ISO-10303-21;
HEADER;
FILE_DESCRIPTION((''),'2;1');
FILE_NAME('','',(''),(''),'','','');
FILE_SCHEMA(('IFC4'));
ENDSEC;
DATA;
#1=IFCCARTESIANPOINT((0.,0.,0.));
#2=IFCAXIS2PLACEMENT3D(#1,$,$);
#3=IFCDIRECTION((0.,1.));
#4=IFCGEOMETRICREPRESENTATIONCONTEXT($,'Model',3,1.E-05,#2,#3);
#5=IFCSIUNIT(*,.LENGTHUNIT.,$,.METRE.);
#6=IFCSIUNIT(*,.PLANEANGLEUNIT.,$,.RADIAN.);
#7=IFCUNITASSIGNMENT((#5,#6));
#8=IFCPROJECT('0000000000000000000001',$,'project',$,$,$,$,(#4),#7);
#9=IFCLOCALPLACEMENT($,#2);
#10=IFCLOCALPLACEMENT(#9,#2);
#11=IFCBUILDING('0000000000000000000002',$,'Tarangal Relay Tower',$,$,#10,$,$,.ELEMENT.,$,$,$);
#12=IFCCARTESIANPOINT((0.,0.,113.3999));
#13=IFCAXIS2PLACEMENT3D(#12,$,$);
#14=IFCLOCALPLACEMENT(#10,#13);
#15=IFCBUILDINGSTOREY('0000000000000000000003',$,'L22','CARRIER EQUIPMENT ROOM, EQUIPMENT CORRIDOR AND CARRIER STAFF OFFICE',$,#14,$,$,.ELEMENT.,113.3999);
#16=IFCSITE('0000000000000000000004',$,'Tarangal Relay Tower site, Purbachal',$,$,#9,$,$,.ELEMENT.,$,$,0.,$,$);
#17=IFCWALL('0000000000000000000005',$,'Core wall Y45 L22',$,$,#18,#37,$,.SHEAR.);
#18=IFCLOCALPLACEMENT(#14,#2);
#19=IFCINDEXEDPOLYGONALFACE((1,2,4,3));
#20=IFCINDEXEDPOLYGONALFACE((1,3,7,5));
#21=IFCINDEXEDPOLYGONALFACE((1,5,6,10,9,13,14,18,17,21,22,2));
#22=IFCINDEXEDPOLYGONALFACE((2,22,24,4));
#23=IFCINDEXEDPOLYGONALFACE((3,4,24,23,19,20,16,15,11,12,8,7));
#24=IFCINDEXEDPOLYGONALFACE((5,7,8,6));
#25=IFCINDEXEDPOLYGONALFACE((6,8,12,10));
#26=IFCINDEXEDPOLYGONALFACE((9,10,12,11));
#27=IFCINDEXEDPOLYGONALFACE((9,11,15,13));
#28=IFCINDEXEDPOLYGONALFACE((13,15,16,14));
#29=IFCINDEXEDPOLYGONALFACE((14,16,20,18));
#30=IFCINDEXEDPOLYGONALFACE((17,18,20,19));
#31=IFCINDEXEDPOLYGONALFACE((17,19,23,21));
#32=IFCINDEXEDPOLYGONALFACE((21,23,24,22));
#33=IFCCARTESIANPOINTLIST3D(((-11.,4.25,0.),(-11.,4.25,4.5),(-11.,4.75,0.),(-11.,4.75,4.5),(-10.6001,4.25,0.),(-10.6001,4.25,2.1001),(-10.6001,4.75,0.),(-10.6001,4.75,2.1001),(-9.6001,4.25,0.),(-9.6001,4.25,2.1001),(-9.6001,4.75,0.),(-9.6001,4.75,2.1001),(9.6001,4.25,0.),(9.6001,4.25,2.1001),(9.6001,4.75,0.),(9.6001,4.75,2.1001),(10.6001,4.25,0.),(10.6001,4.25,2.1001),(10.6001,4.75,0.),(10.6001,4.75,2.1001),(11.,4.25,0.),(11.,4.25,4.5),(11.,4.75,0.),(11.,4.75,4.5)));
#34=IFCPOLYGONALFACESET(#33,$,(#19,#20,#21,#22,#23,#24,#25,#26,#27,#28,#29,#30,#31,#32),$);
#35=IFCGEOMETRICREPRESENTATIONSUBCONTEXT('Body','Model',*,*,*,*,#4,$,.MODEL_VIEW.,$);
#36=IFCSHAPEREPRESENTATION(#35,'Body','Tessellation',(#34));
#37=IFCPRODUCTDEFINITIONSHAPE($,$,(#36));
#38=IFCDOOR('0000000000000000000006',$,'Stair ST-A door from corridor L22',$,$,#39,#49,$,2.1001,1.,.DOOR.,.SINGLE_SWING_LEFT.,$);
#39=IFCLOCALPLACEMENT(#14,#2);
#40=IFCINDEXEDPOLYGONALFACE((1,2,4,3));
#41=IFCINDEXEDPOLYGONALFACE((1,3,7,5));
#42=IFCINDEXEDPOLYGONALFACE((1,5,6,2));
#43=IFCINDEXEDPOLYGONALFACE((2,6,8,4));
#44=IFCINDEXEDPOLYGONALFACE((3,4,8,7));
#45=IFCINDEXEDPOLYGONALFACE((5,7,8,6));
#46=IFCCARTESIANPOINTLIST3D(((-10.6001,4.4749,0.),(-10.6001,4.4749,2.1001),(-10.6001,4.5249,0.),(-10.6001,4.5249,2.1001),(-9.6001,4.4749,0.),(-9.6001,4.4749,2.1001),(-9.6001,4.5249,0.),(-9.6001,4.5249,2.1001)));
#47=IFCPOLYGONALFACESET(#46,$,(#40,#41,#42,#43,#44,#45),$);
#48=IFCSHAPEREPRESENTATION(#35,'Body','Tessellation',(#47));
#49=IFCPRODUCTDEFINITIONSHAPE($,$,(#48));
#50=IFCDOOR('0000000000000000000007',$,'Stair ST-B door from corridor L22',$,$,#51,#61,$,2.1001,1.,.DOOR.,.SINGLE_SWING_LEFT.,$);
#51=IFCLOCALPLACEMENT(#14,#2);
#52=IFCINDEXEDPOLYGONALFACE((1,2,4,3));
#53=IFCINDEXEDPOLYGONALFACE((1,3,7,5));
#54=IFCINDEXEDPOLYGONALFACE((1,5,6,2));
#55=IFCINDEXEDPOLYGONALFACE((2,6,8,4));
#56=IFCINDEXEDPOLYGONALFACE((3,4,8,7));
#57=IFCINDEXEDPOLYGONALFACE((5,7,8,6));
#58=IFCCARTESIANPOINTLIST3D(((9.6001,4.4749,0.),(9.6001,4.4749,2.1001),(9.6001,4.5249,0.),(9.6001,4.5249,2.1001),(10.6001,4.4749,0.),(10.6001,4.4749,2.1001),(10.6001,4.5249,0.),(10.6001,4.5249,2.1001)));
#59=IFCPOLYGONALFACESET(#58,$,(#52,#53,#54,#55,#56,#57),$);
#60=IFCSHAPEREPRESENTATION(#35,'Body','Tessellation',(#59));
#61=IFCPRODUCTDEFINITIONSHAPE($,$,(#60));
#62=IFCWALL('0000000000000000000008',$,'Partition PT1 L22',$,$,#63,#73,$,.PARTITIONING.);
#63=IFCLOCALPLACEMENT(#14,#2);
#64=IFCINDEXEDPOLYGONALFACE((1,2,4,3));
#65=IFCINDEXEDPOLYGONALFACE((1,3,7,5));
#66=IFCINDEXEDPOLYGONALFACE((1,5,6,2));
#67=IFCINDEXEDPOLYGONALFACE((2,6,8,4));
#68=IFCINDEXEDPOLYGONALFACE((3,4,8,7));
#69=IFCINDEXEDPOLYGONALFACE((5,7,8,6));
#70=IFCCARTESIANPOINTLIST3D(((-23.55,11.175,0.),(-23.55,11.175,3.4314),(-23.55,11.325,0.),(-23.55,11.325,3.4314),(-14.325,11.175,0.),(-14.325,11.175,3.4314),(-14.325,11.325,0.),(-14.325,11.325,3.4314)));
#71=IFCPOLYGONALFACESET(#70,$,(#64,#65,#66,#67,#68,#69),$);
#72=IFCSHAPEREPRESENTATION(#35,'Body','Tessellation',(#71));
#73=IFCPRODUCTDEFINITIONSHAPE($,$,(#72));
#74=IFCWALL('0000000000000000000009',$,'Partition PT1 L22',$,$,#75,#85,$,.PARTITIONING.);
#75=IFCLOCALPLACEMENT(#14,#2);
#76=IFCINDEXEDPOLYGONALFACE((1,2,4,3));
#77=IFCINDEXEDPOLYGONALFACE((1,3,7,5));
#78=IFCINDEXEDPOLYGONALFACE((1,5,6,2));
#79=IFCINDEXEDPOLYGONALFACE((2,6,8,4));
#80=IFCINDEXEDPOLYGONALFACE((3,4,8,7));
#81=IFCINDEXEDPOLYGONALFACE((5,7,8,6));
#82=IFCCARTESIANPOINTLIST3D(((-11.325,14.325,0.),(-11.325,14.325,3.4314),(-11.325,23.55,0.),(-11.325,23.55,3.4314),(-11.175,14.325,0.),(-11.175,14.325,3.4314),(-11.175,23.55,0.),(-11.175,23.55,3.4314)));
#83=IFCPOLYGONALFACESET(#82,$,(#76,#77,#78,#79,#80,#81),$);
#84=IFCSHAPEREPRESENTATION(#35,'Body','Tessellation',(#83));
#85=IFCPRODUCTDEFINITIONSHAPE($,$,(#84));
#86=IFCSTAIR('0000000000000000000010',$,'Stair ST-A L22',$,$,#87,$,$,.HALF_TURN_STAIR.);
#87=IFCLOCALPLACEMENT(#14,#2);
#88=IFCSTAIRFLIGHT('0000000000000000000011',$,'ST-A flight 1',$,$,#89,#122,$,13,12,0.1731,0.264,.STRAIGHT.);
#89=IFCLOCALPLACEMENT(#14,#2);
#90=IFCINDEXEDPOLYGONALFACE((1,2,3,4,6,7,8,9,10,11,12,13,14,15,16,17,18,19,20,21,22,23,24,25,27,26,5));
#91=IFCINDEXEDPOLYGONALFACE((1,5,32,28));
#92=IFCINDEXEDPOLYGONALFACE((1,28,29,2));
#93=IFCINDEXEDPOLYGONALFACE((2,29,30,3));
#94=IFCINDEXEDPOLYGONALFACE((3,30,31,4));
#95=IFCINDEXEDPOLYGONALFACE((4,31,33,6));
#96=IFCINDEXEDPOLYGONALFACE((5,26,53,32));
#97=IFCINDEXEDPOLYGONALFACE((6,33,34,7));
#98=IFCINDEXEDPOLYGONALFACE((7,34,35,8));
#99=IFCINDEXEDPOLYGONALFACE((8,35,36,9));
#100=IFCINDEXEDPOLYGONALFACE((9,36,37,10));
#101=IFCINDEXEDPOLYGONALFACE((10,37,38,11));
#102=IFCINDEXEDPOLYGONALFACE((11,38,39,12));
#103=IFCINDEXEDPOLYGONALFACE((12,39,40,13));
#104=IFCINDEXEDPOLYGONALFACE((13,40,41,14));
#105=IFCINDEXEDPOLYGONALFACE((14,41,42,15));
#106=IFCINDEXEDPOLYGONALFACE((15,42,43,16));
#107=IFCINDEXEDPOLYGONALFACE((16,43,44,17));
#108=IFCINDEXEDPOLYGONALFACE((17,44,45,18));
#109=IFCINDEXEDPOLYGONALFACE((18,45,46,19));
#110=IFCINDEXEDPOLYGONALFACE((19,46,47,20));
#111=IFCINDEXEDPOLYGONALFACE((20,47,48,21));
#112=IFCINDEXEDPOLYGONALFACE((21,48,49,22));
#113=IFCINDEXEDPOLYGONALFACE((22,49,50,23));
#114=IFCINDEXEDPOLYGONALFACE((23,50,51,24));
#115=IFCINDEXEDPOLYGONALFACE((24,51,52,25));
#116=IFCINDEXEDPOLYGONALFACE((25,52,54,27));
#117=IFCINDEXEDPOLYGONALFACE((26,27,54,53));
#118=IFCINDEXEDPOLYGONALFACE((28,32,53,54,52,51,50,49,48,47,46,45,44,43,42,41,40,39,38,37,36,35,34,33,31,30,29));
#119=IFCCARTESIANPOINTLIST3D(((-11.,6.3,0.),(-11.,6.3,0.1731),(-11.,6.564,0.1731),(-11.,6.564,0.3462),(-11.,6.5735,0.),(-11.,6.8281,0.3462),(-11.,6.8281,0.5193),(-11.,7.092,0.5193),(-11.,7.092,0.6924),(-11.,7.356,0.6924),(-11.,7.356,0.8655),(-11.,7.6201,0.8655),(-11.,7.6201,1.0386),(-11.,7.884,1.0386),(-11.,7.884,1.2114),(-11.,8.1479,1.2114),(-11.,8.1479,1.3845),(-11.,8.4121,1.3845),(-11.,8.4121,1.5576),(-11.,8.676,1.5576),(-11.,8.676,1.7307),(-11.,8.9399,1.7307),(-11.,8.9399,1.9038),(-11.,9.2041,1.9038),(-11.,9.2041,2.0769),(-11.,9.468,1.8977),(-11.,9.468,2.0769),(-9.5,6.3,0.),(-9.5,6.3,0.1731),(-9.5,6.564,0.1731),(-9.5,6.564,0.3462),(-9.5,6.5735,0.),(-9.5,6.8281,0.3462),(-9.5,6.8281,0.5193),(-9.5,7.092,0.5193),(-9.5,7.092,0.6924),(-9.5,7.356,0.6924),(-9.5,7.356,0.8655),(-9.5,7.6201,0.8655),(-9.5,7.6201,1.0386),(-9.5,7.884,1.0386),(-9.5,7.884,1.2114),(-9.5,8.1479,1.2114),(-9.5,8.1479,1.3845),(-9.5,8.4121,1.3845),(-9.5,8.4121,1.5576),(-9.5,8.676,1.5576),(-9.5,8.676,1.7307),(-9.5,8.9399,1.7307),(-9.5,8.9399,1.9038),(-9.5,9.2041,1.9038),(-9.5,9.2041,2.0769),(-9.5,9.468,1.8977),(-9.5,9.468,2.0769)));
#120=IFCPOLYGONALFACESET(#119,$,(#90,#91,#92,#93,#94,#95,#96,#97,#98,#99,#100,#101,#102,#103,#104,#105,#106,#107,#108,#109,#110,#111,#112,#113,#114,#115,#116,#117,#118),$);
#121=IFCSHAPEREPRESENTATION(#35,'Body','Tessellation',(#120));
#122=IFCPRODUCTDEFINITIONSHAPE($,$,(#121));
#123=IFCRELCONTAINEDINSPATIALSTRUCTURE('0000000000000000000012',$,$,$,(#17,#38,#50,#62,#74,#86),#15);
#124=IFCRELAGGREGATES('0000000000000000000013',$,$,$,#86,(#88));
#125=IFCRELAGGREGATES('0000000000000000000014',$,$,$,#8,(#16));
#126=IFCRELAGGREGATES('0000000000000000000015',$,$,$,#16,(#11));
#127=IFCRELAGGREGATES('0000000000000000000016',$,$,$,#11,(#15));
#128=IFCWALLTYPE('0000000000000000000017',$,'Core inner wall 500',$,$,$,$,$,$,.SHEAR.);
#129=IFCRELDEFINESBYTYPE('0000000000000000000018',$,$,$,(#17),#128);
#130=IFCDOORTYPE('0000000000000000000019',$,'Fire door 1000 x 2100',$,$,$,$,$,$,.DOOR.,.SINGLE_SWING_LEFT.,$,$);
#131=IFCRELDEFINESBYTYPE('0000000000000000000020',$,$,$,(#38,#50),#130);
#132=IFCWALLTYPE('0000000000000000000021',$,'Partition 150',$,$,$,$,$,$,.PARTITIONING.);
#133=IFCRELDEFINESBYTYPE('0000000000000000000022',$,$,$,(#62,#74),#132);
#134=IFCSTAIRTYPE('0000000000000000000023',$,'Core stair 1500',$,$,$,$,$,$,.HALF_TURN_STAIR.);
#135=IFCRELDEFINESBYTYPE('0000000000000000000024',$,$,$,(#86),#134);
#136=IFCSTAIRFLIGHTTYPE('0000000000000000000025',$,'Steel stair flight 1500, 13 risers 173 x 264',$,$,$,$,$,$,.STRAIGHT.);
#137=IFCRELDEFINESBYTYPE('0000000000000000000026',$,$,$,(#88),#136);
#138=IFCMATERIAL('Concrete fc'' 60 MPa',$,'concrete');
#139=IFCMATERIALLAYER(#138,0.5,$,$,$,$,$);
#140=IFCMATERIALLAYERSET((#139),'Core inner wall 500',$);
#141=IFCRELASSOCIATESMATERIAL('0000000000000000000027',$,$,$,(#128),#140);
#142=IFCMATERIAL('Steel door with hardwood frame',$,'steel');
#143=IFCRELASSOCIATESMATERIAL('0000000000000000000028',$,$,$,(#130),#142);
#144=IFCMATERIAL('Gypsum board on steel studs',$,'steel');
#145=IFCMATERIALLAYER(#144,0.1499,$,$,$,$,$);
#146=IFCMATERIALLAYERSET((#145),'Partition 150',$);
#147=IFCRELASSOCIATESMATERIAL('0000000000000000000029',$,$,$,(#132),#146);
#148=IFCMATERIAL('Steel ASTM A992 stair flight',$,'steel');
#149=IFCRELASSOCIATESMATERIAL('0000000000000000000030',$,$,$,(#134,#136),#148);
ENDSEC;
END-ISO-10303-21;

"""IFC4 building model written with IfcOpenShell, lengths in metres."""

from ifc_helpers import new_model, si_unit, direction, frame, frame_2d, origin, place, context, subcontext, project, spatial, polyline, rectangle, outline, extrude, material, layer, layer_set, type_object, element, fill, aggregate, save


model = new_model("IFC4")

# Units and contexts
model_context = context("Model", 3, precision=1e-05, world=origin(), true_north=direction((0.0, 1.0)))
body_context = subcontext(model_context, "Body", "Model", "MODEL_VIEW")
ifc_project = project(units=[si_unit("LENGTHUNIT", "METRE"), si_unit("PLANEANGLEUNIT", "RADIAN")], contexts=[model_context])

# Site, building, storey
site_placement = place(None, origin())
site = spatial("IfcSite", under=ifc_project, at=site_placement, Name="Tarangal Relay Tower site, Purbachal", CompositionType="ELEMENT", RefElevation=0.0)
building_placement = place(site_placement, origin())
building = spatial("IfcBuilding", under=site, at=building_placement, Name="Tarangal Relay Tower", CompositionType="ELEMENT")
storey_placement = place(building_placement, frame((0.0, 0.0, 113.3999)))
storey = spatial("IfcBuildingStorey", under=building, at=storey_placement, Name="L22", Description="CARRIER EQUIPMENT ROOM, EQUIPMENT CORRIDOR AND CARRIER STAFF OFFICE", CompositionType="ELEMENT", Elevation=113.3999)

# Wall, openings, doors
ifc_material_1 = material(Name="Concrete fc' 60 MPa", Category="concrete")
ifc_layer_1 = layer(ifc_material_1, 0.5)
ifc_layer_set_1 = layer_set([ifc_layer_1], Name="Core inner wall 500")
wall_type_1 = type_object("IfcWallType", Name="Core inner wall 500", PredefinedType="SHEAR", material=ifc_layer_set_1)
wall_1_placement = place(storey_placement, frame((-11.0, 4.5, 0.0), z_axis=(0.0, 0.0, 1.0), x_axis=(1.0, 0.0, 0.0)))
wall_1 = element("IfcWall", 1, at=wall_1_placement, inside=storey, type_object=wall_type_1, Name="Core wall Y45 L22", PredefinedType="SHEAR", context=body_context, shape_type="SweptSolid", body=[
    extrude(rectangle(XDim=22.0, YDim=0.5, at=frame_2d((11.0, 0.0))), origin(), (0.0, 0.0, 1.0), 4.5),
])
opening_1_placement = place(wall_1_placement, frame((0.3999, 0.0, 0.0)))
opening_1 = element("IfcOpeningElement", 2, at=opening_1_placement, cuts=wall_1, PredefinedType="OPENING", context=body_context, shape_type="SweptSolid", body=[
    extrude(rectangle(XDim=1.0, YDim=2.1001, at=frame_2d((0.5, 1.05))), frame((0.0, 0.26, 0.0), z_axis=(0.0, -1.0, 0.0), x_axis=(1.0, 0.0, 0.0)), (0.0, 0.0, 1.0), 0.52),
])
opening_2_placement = place(wall_1_placement, frame((20.6001, 0.0, 0.0)))
opening_2 = element("IfcOpeningElement", 3, at=opening_2_placement, cuts=wall_1, PredefinedType="OPENING", context=body_context, shape_type="SweptSolid", body=[
    extrude(rectangle(XDim=1.0, YDim=2.1001, at=frame_2d((0.5, 1.05))), frame((0.0, 0.26, 0.0), z_axis=(0.0, -1.0, 0.0), x_axis=(1.0, 0.0, 0.0)), (0.0, 0.0, 1.0), 0.52),
])
ifc_material_2 = material(Name="Steel door with hardwood frame", Category="steel")
door_type_1 = type_object("IfcDoorType", Name="Fire door 1000 x 2100", OperationType="SINGLE_SWING_LEFT", PredefinedType="DOOR", material=ifc_material_2)
door_1_placement = place(opening_1_placement, origin())
door_1 = element("IfcDoor", 4, at=door_1_placement, inside=storey, type_object=door_type_1, Name="Stair ST-A door from corridor L22", OperationType="SINGLE_SWING_LEFT", OverallHeight=2.1001, OverallWidth=1.0, PredefinedType="DOOR", context=body_context, shape_type="SweptSolid", body=[
    extrude(rectangle(XDim=1.0, YDim=2.1001, at=frame_2d((0.5, 1.05))), frame((0.0, 0.0249, 0.0), z_axis=(0.0, -1.0, 0.0), x_axis=(1.0, 0.0, 0.0)), (0.0, 0.0, 1.0), 0.05),
])
fill(opening_1, door_1)
door_2_placement = place(opening_2_placement, origin())
door_2 = element("IfcDoor", 5, at=door_2_placement, inside=storey, type_object=door_type_1, Name="Stair ST-B door from corridor L22", OperationType="SINGLE_SWING_LEFT", OverallHeight=2.1001, OverallWidth=1.0, PredefinedType="DOOR", context=body_context, shape_type="SweptSolid", body=[
    extrude(rectangle(XDim=1.0, YDim=2.1001, at=frame_2d((0.5, 1.05))), frame((0.0, 0.0249, 0.0), z_axis=(0.0, -1.0, 0.0), x_axis=(1.0, 0.0, 0.0)), (0.0, 0.0, 1.0), 0.05),
])
fill(opening_2, door_2)

# Walls
ifc_material_3 = material(Name="Gypsum board on steel studs", Category="steel")
ifc_layer_2 = layer(ifc_material_3, 0.1499)
ifc_layer_set_2 = layer_set([ifc_layer_2], Name="Partition 150")
wall_type_2 = type_object("IfcWallType", Name="Partition 150", PredefinedType="PARTITIONING", material=ifc_layer_set_2)
for number, where, z_axis, x_axis, name in (
    (6, (-23.55, 11.25, 0.0), (0.0, 0.0, 1.0), (1.0, 0.0, 0.0), "Partition PT1 L22"),
    (7, (-11.25, 14.325, 0.0), (0.0, 0.0, 1.0), (0.0, 1.0, 0.0), "Partition PT1 L22"),
):
    element("IfcWall", number, at=place(storey_placement, frame(where, z_axis=z_axis, x_axis=x_axis)), inside=storey, type_object=wall_type_2, Name=name, PredefinedType="PARTITIONING", context=body_context, shape_type="SweptSolid", body=[
        extrude(rectangle(XDim=9.2251, YDim=0.1499, at=frame_2d((4.6125, 0.0))), origin(), (0.0, 0.0, 1.0), 3.4314),
    ])

# Stair, stair flight
ifc_material_4 = material(Name="Steel ASTM A992 stair flight", Category="steel")
stair_type = type_object("IfcStairType", Name="Core stair 1500", PredefinedType="HALF_TURN_STAIR", material=ifc_material_4)
stair_placement = place(storey_placement, origin())
stair = element("IfcStair", 8, at=stair_placement, inside=storey, type_object=stair_type, Name="Stair ST-A L22", PredefinedType="HALF_TURN_STAIR")
stair_flight_type = type_object("IfcStairFlightType", Name="Steel stair flight 1500, 13 risers 173 x 264", PredefinedType="STRAIGHT", material=ifc_material_4)
stair_flight_placement = place(storey_placement, frame((-10.25, 6.3, 0.0), z_axis=(0.0, 0.0, 1.0), x_axis=(0.0, 1.0, 0.0)))
stair_flight = element("IfcStairFlight", 9, at=stair_flight_placement, type_object=stair_flight_type, Name="ST-A flight 1", NumberOfRisers=13, NumberOfTreads=12, PredefinedType="STRAIGHT", RiserHeight=0.1731, TreadLength=0.264, context=body_context, shape_type="SweptSolid", body=[
    extrude(outline(polyline([(0.0, 0.0), (0.0, 0.1731), (0.2639, 0.1731), (0.2639, 0.3462), (0.5281, 0.3462), (0.5281, 0.5193), (0.792, 0.5193), (0.792, 0.6924), (1.0559, 0.6924), (1.0559, 0.8655), (1.3201, 0.8655), (1.3201, 1.0386), (1.584, 1.0386), (1.584, 1.2114), (1.8479, 1.2114), (1.8479, 1.3845), (2.1121, 1.3845), (2.1121, 1.5576), (2.376, 1.5576), (2.376, 1.7307), (2.6399, 1.7307), (2.6399, 1.9038), (2.9041, 1.9038), (2.9041, 2.0769), (3.168, 2.0769), (3.168, 2.25), (3.168, 1.8977), (0.2734, 0.0), (0.0, 0.0)])), frame((0.0, 0.75, 0.0), z_axis=(0.0, -1.0, 0.0), x_axis=(1.0, 0.0, 0.0)), (0.0, 0.0, 1.0), 1.5),
])
aggregate(stair, [stair_flight])

save(model, "model.ifc")
